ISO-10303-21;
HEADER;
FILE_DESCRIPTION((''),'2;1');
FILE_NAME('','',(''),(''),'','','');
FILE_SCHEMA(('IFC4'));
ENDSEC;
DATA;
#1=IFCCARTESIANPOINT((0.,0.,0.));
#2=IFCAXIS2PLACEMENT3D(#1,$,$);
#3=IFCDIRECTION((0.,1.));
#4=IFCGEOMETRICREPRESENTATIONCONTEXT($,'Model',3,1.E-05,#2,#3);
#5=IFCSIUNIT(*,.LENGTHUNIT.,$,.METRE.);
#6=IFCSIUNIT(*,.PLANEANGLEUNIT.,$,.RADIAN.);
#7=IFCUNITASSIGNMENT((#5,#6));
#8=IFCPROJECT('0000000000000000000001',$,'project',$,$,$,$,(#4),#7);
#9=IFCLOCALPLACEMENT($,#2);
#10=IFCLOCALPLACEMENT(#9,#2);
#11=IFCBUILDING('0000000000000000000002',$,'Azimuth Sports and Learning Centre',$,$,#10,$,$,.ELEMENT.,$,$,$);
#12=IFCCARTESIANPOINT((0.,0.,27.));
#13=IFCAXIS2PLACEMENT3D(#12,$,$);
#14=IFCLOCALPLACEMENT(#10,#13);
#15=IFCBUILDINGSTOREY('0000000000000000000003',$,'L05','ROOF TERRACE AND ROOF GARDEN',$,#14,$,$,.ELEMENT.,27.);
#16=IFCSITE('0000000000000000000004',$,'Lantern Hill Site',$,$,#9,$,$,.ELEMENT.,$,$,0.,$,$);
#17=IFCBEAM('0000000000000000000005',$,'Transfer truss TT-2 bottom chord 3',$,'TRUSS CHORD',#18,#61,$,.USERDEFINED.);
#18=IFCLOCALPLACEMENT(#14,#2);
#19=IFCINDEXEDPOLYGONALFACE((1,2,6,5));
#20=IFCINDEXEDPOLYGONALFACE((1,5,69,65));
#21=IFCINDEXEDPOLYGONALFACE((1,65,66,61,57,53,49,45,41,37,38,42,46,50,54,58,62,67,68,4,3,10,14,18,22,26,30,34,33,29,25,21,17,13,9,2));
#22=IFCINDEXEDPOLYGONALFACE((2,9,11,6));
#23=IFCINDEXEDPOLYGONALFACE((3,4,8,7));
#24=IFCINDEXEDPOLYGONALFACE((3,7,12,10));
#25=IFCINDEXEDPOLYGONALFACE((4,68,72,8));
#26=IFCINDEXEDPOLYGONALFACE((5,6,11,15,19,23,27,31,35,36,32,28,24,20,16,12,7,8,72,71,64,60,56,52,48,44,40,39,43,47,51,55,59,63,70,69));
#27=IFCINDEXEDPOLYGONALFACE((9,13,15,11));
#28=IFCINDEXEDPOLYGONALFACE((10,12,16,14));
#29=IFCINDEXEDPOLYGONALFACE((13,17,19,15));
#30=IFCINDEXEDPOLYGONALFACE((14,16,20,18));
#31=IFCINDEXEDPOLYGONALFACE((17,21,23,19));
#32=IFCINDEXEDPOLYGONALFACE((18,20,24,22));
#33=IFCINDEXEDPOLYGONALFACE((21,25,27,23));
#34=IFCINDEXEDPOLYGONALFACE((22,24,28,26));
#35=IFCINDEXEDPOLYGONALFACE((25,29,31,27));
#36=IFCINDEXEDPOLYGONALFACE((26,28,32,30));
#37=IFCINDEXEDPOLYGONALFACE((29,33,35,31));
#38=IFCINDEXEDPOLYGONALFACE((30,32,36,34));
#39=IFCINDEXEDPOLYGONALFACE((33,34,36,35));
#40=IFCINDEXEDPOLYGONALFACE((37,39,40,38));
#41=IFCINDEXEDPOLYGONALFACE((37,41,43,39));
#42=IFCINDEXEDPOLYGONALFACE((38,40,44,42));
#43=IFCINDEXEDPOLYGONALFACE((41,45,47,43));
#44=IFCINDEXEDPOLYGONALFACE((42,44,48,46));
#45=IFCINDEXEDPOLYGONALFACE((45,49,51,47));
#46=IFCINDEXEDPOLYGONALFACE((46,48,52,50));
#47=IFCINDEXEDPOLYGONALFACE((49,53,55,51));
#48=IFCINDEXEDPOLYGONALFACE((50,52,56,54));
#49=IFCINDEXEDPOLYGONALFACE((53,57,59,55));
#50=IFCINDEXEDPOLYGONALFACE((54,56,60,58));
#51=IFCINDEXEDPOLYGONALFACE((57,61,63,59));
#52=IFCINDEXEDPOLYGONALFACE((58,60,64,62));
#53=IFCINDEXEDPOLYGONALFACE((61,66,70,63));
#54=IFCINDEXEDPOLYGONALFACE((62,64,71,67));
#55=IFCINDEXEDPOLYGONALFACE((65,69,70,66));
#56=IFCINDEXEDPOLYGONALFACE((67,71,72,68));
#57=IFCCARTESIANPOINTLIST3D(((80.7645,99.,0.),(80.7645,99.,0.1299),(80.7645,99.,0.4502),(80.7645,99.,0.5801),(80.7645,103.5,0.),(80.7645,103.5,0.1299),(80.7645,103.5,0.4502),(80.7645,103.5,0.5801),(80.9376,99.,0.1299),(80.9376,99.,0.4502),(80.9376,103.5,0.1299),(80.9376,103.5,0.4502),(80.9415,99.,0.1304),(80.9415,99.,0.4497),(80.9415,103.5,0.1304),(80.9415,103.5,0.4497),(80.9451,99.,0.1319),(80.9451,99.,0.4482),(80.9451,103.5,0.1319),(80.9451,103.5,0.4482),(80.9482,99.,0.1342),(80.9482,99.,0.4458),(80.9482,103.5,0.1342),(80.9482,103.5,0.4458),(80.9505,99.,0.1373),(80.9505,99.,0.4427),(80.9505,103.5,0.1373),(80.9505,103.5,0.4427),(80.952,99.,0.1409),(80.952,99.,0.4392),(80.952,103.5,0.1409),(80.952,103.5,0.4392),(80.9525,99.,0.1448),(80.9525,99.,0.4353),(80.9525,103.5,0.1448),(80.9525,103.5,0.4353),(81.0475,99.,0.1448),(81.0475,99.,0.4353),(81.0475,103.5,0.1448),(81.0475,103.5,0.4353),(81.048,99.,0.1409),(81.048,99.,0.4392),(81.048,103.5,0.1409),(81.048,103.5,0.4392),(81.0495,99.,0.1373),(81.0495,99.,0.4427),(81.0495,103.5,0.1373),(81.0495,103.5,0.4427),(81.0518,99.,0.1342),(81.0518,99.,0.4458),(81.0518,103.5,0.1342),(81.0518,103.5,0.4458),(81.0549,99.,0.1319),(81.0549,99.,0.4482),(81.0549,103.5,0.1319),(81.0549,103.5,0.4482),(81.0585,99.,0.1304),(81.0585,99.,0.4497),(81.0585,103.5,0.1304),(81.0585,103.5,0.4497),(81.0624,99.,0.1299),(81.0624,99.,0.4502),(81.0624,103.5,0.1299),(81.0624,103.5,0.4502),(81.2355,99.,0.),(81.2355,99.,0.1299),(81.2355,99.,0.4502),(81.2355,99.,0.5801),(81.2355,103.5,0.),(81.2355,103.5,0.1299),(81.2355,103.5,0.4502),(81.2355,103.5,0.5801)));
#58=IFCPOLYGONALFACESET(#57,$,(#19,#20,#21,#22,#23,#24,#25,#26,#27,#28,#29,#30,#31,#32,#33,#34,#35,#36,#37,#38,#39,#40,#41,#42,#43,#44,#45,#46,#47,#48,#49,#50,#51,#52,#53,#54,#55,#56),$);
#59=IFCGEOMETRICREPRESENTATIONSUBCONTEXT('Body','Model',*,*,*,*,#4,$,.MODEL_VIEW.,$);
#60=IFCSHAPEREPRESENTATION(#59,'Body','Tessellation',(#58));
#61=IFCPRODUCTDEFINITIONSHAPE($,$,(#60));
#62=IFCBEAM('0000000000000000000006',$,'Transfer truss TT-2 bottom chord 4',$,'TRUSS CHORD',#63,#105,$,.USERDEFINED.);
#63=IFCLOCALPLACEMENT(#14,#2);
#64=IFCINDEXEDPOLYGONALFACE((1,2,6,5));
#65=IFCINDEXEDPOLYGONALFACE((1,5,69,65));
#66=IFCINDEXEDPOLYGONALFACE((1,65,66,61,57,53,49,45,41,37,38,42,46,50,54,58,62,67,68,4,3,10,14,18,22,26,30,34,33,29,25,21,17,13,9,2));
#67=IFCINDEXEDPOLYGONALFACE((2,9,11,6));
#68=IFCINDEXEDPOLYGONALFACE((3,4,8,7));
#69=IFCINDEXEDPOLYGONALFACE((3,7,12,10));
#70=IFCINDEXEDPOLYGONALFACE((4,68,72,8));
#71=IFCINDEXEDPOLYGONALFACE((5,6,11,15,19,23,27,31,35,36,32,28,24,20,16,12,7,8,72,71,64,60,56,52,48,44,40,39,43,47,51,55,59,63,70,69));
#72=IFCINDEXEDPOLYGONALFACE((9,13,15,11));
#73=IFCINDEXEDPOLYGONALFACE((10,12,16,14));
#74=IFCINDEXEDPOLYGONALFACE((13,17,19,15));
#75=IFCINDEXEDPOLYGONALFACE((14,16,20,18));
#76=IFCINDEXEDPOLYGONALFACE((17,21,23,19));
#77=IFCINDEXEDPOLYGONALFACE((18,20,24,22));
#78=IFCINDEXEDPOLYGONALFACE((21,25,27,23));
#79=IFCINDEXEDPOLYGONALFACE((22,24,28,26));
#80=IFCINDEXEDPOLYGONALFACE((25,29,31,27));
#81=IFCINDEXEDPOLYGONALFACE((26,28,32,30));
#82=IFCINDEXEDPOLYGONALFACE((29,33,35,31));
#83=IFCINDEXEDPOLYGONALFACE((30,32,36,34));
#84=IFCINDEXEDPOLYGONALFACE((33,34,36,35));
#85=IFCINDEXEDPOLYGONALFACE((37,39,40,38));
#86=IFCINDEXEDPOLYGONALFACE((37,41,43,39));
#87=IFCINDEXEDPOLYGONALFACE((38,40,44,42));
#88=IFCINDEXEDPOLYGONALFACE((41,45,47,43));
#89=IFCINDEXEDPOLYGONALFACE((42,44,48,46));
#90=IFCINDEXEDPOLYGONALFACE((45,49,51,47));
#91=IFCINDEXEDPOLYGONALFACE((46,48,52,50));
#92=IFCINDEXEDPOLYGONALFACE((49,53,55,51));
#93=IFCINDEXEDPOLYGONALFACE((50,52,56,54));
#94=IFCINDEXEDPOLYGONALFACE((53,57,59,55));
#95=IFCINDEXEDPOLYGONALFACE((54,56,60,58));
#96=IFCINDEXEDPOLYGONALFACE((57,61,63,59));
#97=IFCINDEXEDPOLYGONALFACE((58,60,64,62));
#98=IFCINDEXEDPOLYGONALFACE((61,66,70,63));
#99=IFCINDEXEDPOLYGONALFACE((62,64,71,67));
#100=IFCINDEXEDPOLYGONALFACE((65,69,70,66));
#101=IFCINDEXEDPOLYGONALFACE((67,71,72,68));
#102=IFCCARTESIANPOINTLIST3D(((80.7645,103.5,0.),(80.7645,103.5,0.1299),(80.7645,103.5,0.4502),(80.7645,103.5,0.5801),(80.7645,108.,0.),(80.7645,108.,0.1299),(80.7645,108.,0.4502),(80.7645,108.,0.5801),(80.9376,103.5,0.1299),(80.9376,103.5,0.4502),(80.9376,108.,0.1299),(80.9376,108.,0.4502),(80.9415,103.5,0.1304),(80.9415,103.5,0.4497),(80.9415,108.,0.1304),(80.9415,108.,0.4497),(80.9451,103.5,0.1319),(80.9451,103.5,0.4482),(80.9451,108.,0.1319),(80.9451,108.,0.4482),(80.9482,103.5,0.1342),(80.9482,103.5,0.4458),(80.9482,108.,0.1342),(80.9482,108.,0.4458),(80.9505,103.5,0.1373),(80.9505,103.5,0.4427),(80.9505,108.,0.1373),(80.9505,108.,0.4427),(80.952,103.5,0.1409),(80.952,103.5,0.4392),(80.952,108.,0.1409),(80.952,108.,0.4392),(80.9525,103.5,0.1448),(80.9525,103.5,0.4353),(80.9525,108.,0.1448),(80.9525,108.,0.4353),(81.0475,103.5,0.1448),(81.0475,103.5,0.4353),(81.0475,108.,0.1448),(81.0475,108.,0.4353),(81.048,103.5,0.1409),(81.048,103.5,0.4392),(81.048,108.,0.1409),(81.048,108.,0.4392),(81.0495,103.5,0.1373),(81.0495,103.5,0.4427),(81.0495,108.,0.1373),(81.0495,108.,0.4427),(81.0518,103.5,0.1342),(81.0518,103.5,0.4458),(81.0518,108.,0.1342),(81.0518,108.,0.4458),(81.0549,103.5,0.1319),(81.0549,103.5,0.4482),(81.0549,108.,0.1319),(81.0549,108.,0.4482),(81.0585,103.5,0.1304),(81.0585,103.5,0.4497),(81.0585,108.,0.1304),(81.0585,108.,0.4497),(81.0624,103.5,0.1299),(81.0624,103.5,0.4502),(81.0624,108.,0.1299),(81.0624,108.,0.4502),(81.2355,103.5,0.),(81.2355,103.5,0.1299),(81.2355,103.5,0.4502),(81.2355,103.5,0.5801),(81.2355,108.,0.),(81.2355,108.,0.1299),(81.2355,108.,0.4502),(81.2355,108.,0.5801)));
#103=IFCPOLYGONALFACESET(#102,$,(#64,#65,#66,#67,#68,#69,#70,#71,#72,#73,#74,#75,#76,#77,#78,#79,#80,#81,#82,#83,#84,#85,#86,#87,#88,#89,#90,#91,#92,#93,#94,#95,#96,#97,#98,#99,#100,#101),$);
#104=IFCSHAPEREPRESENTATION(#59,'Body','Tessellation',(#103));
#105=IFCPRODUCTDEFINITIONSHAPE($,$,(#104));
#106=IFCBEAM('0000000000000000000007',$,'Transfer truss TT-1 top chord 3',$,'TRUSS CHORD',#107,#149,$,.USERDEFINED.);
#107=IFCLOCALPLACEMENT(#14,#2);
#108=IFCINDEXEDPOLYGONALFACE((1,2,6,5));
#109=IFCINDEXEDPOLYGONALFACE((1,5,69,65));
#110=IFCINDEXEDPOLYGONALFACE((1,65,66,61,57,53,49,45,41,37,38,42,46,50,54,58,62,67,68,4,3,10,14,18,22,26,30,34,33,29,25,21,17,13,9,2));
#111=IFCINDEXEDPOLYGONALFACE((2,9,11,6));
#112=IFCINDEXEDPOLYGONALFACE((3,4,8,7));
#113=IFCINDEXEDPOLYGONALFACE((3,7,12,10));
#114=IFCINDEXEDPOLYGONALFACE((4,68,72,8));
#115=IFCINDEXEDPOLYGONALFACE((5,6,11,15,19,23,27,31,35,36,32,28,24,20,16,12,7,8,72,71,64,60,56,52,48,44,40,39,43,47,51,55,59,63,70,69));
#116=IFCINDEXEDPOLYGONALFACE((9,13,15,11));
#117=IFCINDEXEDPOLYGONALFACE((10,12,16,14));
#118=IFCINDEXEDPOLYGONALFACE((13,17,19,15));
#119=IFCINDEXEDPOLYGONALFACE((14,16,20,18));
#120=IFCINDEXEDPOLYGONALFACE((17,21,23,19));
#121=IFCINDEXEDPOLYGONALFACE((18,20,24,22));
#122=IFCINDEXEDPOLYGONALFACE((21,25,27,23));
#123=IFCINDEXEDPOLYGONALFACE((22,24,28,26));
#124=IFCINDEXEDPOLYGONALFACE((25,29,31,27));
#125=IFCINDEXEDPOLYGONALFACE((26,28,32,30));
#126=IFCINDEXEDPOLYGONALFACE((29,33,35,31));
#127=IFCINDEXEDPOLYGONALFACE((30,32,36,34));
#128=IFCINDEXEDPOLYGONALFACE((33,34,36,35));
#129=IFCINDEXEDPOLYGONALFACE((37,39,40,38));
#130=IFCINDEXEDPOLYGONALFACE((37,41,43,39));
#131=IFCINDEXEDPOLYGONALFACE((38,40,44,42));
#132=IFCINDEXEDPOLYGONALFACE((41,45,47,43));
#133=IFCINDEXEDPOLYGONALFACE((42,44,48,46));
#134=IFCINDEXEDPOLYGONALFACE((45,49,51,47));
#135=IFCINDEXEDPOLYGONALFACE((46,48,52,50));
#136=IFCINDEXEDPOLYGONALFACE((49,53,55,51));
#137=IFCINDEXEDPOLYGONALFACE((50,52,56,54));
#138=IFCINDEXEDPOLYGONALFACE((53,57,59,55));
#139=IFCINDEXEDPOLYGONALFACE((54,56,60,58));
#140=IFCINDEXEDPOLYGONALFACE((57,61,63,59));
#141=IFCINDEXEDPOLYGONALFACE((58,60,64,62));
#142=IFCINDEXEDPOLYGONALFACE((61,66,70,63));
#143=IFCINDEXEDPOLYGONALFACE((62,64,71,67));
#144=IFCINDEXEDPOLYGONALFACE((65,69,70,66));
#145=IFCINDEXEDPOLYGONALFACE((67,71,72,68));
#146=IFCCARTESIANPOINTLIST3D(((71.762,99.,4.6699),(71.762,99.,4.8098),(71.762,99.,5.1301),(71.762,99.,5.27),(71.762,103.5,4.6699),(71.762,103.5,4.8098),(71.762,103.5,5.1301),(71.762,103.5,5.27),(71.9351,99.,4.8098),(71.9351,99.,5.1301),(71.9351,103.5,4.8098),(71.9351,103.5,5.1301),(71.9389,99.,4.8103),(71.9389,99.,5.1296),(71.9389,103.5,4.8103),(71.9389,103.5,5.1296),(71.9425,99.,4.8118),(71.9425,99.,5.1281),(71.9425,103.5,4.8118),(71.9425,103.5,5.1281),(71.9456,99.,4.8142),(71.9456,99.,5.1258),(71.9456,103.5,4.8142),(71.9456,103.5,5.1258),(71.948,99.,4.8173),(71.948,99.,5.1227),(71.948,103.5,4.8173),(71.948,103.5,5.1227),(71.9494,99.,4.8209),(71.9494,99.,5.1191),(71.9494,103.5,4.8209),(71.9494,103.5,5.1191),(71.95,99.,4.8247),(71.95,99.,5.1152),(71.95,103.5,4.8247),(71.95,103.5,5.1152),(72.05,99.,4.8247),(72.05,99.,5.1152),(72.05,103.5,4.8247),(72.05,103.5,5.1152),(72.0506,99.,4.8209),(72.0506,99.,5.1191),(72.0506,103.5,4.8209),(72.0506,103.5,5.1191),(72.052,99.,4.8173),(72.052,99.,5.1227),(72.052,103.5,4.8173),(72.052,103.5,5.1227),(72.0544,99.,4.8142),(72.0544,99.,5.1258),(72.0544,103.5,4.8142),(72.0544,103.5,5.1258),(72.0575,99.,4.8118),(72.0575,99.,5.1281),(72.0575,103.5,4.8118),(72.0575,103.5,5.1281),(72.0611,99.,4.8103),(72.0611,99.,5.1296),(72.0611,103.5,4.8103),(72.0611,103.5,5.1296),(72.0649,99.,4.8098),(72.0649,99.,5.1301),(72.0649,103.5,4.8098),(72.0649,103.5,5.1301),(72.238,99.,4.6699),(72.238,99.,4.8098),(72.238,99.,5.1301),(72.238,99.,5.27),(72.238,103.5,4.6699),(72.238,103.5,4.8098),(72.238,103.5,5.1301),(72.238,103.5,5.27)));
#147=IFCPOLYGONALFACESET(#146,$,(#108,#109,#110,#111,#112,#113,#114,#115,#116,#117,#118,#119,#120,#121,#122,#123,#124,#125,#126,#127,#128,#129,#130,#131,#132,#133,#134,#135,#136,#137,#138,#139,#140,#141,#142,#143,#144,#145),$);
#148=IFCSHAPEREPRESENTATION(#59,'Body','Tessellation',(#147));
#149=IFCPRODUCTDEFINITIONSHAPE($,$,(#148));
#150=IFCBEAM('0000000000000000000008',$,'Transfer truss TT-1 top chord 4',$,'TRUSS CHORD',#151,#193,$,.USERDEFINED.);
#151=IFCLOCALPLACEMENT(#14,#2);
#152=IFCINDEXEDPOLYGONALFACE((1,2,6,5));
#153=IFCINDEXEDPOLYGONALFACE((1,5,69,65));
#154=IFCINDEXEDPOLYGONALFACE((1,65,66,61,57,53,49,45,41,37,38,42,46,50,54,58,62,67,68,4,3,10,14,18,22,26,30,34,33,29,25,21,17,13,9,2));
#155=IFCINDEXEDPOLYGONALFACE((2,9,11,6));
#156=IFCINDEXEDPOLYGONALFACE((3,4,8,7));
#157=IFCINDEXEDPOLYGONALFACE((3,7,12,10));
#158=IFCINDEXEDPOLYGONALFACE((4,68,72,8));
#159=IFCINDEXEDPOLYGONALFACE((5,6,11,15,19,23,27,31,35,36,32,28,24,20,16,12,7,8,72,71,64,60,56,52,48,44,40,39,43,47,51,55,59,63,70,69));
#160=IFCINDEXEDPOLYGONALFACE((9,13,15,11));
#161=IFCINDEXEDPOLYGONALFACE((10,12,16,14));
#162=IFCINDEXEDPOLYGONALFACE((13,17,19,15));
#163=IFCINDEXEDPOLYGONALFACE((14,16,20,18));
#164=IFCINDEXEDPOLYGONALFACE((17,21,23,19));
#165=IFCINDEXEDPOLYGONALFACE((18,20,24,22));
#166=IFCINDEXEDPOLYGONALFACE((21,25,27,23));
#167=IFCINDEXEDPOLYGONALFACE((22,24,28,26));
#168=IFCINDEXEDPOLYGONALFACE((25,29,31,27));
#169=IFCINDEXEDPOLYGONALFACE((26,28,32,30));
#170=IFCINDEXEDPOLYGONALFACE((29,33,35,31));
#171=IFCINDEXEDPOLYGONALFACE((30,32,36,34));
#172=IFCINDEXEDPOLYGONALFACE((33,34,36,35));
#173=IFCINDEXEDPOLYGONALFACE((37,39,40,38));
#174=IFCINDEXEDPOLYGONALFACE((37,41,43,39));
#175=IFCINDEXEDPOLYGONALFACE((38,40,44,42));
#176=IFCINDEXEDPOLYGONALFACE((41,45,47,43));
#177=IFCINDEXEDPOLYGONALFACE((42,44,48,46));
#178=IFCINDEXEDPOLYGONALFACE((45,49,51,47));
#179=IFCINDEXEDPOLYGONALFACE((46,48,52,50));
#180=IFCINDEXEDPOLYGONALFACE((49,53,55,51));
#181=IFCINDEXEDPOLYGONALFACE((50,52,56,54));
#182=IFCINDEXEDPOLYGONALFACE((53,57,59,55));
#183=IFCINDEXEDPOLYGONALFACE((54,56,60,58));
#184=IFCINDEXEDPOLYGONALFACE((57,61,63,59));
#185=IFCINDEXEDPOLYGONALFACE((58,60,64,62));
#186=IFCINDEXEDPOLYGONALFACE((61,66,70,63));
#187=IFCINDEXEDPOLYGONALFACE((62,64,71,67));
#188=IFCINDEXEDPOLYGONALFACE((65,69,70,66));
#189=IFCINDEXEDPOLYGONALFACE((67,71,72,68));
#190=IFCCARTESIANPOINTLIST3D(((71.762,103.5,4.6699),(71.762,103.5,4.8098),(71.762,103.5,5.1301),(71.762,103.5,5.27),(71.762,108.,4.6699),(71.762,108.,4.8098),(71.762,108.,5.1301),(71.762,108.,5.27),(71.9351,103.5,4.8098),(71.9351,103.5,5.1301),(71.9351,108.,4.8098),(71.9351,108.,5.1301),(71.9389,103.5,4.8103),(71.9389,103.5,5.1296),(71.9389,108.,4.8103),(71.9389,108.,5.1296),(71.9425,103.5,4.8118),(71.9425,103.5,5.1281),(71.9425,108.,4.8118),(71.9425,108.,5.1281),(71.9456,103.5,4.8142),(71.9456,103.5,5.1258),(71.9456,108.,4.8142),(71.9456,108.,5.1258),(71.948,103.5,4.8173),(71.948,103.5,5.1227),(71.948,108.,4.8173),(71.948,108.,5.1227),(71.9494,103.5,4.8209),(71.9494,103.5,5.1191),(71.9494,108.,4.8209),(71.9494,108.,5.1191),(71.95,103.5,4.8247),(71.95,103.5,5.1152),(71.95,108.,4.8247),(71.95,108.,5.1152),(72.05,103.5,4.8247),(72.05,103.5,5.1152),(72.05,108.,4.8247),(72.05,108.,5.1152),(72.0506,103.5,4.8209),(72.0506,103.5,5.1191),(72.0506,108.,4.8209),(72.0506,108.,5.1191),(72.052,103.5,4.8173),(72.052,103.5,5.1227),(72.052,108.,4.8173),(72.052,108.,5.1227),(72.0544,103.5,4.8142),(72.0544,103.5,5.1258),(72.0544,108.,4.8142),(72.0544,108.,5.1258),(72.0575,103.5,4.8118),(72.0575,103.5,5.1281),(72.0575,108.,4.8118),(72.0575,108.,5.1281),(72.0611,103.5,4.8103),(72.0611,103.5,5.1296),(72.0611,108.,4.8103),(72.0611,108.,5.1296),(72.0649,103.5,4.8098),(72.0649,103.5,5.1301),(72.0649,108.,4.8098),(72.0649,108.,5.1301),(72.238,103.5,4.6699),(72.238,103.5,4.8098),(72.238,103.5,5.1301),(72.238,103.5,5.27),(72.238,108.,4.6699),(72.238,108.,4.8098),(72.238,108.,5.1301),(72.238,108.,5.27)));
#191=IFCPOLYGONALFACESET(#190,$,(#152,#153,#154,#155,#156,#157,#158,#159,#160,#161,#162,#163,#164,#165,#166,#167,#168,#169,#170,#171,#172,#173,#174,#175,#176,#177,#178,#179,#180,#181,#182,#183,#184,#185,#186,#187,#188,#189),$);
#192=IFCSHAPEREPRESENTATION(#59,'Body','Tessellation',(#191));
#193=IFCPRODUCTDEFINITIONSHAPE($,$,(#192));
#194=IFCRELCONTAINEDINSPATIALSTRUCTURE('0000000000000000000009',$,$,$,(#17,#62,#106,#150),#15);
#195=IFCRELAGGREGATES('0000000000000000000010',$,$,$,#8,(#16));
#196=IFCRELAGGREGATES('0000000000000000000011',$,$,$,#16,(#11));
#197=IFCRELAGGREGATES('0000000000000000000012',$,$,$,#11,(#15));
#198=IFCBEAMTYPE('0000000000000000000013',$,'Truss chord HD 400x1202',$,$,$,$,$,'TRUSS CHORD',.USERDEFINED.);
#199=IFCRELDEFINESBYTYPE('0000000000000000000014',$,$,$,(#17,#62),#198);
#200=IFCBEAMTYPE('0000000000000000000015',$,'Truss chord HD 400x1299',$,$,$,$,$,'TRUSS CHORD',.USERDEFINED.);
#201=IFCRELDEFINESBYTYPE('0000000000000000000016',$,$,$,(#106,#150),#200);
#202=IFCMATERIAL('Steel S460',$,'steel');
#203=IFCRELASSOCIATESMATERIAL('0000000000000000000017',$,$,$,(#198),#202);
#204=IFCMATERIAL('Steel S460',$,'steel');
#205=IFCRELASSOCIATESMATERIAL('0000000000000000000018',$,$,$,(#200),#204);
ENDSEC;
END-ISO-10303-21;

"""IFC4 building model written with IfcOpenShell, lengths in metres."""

from ifc_helpers import new_model, si_unit, direction, frame, origin, origin_2d, place, context, subcontext, project, spatial, i_section, extrude, material, material_profile, profile_set, type_object, element, save


model = new_model("IFC4")

# Units and contexts
model_context = context("Model", 3, precision=1e-05, world=origin(), true_north=direction((0.0, 1.0)))
body_context = subcontext(model_context, "Body", "Model", "MODEL_VIEW")
ifc_project = project(units=[si_unit("LENGTHUNIT", "METRE"), si_unit("PLANEANGLEUNIT", "RADIAN")], contexts=[model_context])

# Site, building, storey
site_placement = place(None, origin())
site = spatial("IfcSite", under=ifc_project, at=site_placement, Name="Lantern Hill Site", CompositionType="ELEMENT", RefElevation=0.0)
building_placement = place(site_placement, origin())
building = spatial("IfcBuilding", under=site, at=building_placement, Name="Azimuth Sports and Learning Centre", CompositionType="ELEMENT")
storey_placement = place(building_placement, frame((0.0, 0.0, 27.0)))
storey = spatial("IfcBuildingStorey", under=building, at=storey_placement, Name="L05", Description="ROOF TERRACE AND ROOF GARDEN", CompositionType="ELEMENT", Elevation=27.0)

# Beams
ifc_material_1 = material(Name="Steel S460", Category="steel")
ifc_material_profile_1 = material_profile(ifc_material_1, i_section(OverallWidth=0.4709, OverallDepth=0.5801, WebThickness=0.095, FlangeThickness=0.1299, FilletRadius=0.0149, at=origin_2d()), Name="HD 400x1202")
ifc_profile_set_1 = profile_set([ifc_material_profile_1], Name="Steel S460")
beam_type_1 = type_object("IfcBeamType", Name="Truss chord HD 400x1202", ElementType="TRUSS CHORD", PredefinedType="USERDEFINED", material=ifc_profile_set_1)
for number, where, z_axis, x_axis, name in (
    (1, (81.0, 99.0, 0.29), (0.0, 1.0, 0.0), (-1.0, 0.0, 0.0), "Transfer truss TT-2 bottom chord 3"),
    (2, (81.0, 103.5, 0.29), (0.0, 1.0, 0.0), (-1.0, 0.0, 0.0), "Transfer truss TT-2 bottom chord 4"),
):
    element("IfcBeam", number, at=place(storey_placement, frame(where, z_axis=z_axis, x_axis=x_axis)), inside=storey, type_object=beam_type_1, Name=name, ObjectType="TRUSS CHORD", PredefinedType="USERDEFINED", context=body_context, shape_type="SweptSolid", body=[
        extrude(i_section(OverallWidth=0.4709, OverallDepth=0.5801, WebThickness=0.095, FlangeThickness=0.1299, FilletRadius=0.0149, at=origin_2d()), origin(), (0.0, 0.0, 1.0), 4.5),
    ])
ifc_material_2 = material(Name="Steel S460", Category="steel")
ifc_material_profile_2 = material_profile(ifc_material_2, i_section(OverallWidth=0.4761, OverallDepth=0.6001, WebThickness=0.1001, FlangeThickness=0.1399, FilletRadius=0.0149, at=origin_2d()), Name="HD 400x1299")
ifc_profile_set_2 = profile_set([ifc_material_profile_2], Name="Steel S460")
beam_type_2 = type_object("IfcBeamType", Name="Truss chord HD 400x1299", ElementType="TRUSS CHORD", PredefinedType="USERDEFINED", material=ifc_profile_set_2)
for number, where, z_axis, x_axis, name in (
    (3, (72.0, 99.0, 4.97), (0.0, 1.0, 0.0), (-1.0, 0.0, 0.0), "Transfer truss TT-1 top chord 3"),
    (4, (72.0, 103.5, 4.97), (0.0, 1.0, 0.0), (-1.0, 0.0, 0.0), "Transfer truss TT-1 top chord 4"),
):
    element("IfcBeam", number, at=place(storey_placement, frame(where, z_axis=z_axis, x_axis=x_axis)), inside=storey, type_object=beam_type_2, Name=name, ObjectType="TRUSS CHORD", PredefinedType="USERDEFINED", context=body_context, shape_type="SweptSolid", body=[
        extrude(i_section(OverallWidth=0.4761, OverallDepth=0.6001, WebThickness=0.1001, FlangeThickness=0.1399, FilletRadius=0.0149, at=origin_2d()), origin(), (0.0, 0.0, 1.0), 4.5),
    ])

save(model, "model.ifc")
